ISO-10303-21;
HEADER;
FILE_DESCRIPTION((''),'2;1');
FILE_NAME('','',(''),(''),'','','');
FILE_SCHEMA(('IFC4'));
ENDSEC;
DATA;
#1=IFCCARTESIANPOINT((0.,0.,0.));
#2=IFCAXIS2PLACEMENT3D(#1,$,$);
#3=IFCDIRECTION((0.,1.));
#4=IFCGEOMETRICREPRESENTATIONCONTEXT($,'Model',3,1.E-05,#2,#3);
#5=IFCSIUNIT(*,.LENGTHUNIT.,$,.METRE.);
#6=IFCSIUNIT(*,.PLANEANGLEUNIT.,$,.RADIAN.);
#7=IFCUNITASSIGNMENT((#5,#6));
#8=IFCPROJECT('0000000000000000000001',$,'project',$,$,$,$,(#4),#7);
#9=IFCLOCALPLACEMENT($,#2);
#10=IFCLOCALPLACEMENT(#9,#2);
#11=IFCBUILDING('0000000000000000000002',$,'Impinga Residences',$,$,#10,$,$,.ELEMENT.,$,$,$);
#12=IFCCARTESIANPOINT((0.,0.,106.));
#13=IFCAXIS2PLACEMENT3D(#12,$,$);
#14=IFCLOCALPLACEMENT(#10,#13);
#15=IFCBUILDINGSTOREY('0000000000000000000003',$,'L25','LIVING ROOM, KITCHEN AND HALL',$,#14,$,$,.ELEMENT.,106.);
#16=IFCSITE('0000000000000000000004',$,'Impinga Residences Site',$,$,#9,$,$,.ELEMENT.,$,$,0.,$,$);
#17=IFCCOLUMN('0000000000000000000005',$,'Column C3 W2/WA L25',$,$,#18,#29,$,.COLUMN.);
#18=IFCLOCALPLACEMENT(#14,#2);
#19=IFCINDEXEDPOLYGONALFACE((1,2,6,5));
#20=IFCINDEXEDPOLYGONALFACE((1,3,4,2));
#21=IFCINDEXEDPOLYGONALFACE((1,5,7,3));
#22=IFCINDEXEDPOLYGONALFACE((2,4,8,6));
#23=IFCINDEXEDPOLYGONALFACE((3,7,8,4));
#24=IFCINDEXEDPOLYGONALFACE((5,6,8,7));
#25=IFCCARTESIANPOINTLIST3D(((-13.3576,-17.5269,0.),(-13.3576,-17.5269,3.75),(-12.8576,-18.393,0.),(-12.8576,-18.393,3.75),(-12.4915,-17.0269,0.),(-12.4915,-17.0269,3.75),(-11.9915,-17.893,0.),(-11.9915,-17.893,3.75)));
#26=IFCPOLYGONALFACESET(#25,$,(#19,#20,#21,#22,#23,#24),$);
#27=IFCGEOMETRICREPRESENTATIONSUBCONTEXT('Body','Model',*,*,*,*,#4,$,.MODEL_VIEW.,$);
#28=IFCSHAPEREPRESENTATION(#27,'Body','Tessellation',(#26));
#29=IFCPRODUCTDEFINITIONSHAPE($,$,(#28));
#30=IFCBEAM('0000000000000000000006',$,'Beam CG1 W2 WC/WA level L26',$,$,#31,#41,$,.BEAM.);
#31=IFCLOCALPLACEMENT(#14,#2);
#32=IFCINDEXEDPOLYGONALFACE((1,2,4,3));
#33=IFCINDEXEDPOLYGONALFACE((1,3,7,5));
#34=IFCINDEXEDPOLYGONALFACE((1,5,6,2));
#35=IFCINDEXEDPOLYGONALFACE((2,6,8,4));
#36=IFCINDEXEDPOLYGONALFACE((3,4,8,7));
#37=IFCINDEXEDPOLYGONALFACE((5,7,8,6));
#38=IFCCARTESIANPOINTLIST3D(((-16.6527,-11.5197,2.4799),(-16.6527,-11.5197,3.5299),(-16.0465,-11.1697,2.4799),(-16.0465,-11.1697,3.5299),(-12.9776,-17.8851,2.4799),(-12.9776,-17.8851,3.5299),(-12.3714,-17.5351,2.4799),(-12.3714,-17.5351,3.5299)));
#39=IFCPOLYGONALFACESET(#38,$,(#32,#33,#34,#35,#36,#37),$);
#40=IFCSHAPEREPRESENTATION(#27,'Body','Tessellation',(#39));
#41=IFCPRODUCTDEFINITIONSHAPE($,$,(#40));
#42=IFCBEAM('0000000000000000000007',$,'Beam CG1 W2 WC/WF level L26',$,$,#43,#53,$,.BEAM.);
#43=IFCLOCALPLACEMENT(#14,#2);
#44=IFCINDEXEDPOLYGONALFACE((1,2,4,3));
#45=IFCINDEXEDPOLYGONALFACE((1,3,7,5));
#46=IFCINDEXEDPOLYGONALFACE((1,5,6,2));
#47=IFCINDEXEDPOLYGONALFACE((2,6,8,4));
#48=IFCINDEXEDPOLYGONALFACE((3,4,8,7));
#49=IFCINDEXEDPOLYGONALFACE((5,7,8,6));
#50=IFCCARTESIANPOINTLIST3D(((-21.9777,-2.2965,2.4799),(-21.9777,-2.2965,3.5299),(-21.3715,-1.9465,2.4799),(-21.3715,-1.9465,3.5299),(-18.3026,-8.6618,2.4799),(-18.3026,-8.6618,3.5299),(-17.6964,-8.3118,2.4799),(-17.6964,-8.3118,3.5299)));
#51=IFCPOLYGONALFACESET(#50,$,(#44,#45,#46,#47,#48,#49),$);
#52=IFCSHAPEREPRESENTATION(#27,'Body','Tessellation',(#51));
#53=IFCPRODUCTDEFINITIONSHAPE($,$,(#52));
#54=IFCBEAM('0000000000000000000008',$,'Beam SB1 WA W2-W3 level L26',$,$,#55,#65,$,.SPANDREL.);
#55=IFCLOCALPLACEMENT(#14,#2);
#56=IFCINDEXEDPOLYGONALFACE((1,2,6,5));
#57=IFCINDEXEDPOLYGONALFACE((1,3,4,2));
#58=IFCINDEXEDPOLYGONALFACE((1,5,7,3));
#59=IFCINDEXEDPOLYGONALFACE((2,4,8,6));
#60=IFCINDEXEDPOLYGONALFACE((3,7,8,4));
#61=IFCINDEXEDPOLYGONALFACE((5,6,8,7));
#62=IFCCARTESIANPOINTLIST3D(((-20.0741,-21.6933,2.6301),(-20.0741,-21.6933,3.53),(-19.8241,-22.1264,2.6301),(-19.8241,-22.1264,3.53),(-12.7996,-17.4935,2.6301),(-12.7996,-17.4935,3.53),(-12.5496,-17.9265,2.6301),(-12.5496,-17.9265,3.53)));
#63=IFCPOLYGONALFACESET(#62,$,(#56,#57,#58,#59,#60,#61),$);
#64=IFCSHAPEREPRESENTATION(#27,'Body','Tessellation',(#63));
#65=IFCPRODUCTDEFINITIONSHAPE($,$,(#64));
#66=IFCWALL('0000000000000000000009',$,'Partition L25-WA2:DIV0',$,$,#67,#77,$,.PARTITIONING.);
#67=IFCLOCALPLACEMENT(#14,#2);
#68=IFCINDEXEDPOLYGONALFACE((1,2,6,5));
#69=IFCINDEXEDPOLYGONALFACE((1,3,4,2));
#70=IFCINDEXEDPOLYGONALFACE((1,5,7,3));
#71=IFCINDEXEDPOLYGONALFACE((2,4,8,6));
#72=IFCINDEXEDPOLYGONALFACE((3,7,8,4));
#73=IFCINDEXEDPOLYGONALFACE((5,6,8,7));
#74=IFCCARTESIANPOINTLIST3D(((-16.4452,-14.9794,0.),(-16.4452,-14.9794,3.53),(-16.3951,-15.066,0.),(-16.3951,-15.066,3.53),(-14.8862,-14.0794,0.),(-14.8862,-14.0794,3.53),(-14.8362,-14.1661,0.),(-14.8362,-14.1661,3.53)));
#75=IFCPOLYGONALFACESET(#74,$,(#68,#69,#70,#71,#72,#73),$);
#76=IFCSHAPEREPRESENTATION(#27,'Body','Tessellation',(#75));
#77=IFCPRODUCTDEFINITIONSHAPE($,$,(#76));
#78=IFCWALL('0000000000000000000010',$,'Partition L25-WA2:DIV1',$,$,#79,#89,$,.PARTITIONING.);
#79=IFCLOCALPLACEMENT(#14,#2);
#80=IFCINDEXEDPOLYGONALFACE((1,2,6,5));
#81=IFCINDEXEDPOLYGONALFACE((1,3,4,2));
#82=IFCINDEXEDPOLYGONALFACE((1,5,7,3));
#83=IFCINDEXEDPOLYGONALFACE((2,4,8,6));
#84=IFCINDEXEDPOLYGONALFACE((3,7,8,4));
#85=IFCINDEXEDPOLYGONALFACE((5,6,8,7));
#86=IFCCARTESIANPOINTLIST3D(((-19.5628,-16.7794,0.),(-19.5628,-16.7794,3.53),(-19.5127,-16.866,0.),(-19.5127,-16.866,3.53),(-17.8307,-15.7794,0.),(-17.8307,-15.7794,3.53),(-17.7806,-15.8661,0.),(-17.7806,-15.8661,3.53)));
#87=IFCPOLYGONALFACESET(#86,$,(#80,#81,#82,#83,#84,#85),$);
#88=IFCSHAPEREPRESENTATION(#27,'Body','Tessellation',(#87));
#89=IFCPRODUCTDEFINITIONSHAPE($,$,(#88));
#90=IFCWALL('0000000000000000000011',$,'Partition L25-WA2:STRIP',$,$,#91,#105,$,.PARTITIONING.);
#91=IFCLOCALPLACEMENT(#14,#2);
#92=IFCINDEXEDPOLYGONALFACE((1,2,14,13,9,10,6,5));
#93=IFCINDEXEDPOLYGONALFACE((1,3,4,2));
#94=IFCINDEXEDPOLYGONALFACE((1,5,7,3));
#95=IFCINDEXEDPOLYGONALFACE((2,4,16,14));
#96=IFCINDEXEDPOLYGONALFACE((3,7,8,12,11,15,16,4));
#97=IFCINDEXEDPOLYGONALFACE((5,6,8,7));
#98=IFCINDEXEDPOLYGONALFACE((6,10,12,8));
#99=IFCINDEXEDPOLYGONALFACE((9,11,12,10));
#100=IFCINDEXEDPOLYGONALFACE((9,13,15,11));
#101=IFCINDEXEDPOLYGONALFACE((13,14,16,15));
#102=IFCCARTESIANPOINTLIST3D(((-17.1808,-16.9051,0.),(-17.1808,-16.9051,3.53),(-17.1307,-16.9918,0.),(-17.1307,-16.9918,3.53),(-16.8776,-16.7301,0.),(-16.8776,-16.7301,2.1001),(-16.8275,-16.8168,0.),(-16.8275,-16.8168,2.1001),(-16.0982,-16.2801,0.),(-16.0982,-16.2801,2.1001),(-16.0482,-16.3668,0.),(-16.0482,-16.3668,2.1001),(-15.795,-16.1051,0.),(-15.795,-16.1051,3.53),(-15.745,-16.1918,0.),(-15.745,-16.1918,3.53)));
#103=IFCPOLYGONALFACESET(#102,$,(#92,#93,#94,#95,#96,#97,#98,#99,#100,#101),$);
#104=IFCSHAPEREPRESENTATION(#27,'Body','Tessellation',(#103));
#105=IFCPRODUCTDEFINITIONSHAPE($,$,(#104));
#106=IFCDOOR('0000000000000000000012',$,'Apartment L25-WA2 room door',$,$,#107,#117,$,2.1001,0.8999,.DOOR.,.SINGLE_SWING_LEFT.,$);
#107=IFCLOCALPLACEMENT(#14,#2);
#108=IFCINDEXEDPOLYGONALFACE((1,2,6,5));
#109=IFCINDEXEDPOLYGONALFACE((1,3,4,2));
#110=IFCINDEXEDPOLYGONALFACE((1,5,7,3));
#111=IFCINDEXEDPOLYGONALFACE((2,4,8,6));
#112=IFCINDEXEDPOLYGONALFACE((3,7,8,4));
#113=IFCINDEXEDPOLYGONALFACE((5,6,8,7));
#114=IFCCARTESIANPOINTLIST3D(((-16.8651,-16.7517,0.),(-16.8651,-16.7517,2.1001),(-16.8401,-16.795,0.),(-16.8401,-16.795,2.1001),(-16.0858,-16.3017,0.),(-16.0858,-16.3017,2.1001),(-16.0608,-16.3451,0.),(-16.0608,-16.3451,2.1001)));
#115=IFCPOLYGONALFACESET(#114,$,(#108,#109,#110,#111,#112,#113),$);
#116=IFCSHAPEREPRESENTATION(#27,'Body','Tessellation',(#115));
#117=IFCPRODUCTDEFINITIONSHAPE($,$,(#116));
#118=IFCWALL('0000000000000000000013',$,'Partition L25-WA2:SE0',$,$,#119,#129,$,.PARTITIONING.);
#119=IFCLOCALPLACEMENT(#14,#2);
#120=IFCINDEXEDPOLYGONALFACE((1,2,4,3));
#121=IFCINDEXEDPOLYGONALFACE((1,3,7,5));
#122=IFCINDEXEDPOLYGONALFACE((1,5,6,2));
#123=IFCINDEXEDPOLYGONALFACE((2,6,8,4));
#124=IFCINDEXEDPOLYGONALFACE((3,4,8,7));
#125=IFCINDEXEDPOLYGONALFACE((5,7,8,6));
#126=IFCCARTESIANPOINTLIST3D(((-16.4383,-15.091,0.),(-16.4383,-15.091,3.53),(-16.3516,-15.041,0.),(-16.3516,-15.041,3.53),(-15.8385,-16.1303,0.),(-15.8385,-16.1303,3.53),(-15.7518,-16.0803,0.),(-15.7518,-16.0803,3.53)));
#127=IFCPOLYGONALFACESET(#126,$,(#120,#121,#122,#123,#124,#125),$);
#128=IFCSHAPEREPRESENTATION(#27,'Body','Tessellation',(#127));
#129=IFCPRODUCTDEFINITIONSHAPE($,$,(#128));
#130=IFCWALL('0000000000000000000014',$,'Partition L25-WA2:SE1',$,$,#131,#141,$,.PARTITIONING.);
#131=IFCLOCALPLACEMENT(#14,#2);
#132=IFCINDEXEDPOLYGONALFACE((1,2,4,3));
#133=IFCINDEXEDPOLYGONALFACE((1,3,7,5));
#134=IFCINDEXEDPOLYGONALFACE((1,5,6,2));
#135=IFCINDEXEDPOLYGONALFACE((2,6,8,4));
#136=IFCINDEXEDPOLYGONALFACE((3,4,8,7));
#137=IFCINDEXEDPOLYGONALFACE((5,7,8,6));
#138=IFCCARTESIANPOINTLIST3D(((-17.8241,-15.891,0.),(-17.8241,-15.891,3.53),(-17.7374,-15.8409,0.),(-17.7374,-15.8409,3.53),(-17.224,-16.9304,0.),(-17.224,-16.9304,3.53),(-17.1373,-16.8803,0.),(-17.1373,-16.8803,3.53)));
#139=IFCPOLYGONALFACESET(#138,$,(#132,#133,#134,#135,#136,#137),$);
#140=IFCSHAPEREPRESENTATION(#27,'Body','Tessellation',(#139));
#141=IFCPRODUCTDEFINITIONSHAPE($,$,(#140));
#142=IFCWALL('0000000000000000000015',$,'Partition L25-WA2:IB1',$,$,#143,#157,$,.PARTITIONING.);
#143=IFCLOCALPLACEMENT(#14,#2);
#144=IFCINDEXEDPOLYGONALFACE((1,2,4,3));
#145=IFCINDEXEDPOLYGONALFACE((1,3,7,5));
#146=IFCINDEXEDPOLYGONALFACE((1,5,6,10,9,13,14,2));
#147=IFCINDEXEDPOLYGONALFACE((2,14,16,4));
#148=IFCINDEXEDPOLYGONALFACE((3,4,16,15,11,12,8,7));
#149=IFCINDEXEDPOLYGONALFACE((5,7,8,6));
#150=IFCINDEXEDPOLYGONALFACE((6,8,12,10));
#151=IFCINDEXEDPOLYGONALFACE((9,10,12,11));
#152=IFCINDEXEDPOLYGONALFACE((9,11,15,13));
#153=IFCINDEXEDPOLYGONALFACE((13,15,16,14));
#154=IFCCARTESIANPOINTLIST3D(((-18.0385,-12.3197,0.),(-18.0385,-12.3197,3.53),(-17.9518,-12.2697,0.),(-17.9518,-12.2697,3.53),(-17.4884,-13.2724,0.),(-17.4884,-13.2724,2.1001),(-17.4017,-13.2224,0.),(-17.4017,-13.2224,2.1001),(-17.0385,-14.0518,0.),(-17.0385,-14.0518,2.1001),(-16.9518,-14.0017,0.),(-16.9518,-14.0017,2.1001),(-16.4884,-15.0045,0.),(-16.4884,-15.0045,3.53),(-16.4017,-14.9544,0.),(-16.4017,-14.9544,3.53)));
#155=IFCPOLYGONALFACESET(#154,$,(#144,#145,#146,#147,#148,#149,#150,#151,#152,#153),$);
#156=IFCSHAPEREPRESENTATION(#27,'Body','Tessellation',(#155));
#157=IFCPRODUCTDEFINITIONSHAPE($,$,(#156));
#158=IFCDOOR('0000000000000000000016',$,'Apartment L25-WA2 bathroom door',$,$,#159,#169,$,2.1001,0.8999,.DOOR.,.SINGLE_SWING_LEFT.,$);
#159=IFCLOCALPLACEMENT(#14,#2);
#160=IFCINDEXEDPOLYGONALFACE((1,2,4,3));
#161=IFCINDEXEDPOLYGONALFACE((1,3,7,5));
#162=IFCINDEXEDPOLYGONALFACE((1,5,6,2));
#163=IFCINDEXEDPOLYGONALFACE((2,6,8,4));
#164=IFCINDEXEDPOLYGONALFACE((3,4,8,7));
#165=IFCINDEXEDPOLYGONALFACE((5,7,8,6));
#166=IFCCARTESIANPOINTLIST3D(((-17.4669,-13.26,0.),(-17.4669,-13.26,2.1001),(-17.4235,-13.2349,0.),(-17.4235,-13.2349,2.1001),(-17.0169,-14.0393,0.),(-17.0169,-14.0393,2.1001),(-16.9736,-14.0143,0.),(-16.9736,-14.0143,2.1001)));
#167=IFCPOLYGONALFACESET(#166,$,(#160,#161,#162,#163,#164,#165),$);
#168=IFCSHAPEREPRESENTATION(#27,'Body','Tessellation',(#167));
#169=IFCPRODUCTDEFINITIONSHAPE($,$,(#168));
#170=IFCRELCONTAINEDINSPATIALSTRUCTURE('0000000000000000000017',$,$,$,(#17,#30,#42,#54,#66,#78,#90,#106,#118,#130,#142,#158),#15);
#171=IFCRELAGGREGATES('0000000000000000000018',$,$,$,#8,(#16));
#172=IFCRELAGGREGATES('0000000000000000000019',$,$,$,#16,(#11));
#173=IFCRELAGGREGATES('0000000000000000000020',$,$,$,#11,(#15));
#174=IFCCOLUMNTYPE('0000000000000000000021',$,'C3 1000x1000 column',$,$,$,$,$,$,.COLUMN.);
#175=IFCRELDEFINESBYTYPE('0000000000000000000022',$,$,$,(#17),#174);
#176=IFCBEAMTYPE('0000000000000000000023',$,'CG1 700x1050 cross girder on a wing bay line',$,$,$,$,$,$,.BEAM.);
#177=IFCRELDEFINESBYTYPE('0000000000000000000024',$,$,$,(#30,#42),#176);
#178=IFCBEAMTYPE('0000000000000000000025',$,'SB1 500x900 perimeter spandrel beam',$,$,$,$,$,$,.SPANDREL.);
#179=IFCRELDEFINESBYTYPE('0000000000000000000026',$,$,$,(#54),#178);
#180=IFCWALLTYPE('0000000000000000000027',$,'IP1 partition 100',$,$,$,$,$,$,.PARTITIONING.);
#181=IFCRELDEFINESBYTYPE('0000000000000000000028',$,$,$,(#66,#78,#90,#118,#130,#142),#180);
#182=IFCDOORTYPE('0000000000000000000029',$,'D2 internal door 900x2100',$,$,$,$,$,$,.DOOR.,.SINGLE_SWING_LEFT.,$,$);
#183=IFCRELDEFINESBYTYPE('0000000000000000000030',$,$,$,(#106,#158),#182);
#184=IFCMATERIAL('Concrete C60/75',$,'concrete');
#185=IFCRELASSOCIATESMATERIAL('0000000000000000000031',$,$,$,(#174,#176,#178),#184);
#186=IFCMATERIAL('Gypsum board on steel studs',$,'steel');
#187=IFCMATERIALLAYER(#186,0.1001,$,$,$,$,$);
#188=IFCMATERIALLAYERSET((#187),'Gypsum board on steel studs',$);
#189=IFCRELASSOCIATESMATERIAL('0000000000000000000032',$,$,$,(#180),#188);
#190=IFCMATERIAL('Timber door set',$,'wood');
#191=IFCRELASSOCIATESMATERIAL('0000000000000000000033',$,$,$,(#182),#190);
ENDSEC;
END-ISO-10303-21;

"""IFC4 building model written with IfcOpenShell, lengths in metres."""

from ifc_helpers import new_model, si_unit, direction, frame, frame_2d, origin, origin_2d, place, context, subcontext, project, spatial, rectangle, extrude, material, layer, layer_set, material_profile, profile_set, type_object, element, fill, save


model = new_model("IFC4")

# Units and contexts
model_context = context("Model", 3, precision=1e-05, world=origin(), true_north=direction((0.0, 1.0)))
body_context = subcontext(model_context, "Body", "Model", "MODEL_VIEW")
ifc_project = project(units=[si_unit("LENGTHUNIT", "METRE"), si_unit("PLANEANGLEUNIT", "RADIAN")], contexts=[model_context])

# Site, building, storey
site_placement = place(None, origin())
site = spatial("IfcSite", under=ifc_project, at=site_placement, Name="Impinga Residences Site", CompositionType="ELEMENT", RefElevation=0.0)
building_placement = place(site_placement, origin())
building = spatial("IfcBuilding", under=site, at=building_placement, Name="Impinga Residences", CompositionType="ELEMENT")
storey_placement = place(building_placement, frame((0.0, 0.0, 106.0)))
storey = spatial("IfcBuildingStorey", under=building, at=storey_placement, Name="L25", Description="LIVING ROOM, KITCHEN AND HALL", CompositionType="ELEMENT", Elevation=106.0)

# Column
ifc_material_1 = material(Name="Concrete C60/75", Category="concrete")
ifc_material_profile_1 = material_profile(ifc_material_1, rectangle(XDim=1.0, YDim=1.0, at=origin_2d()), Name="RC 1000x1000")
ifc_profile_set_1 = profile_set([ifc_material_profile_1], Name="Concrete C60/75")
column_type = type_object("IfcColumnType", Name="C3 1000x1000 column", PredefinedType="COLUMN", material=ifc_profile_set_1)
column_placement = place(storey_placement, frame((-12.6746, -17.71, 0.0), z_axis=(0.0, 0.0, 1.0), x_axis=(-0.5, 0.866025, 0.0)))
element("IfcColumn", 1, at=column_placement, inside=storey, type_object=column_type, Name="Column C3 W2/WA L25", PredefinedType="COLUMN", context=body_context, shape_type="SweptSolid", body=[
    extrude(rectangle(XDim=1.0, YDim=1.0, at=origin_2d()), origin(), (0.0, 0.0, 1.0), 3.75),
])

# Beams
ifc_material_profile_2 = material_profile(ifc_material_1, rectangle(XDim=0.7, YDim=1.05, at=origin_2d()), Name="RC 700x1050")
ifc_profile_set_2 = profile_set([ifc_material_profile_2], Name="Concrete C60/75")
beam_type_1 = type_object("IfcBeamType", Name="CG1 700x1050 cross girder on a wing bay line", PredefinedType="BEAM", material=ifc_profile_set_2)
for number, where, z_axis, x_axis, name in (
    (2, (-16.3496, -11.3447, 3.0049), (0.500008, -0.866021, 0.0), (0.866021, 0.500008, 0.0), "Beam CG1 W2 WC/WA level L26"),
    (3, (-17.9995, -8.4868, 3.0049), (-0.500008, 0.866021, 0.0), (-0.866021, -0.500008, 0.0), "Beam CG1 W2 WC/WF level L26"),
):
    element("IfcBeam", number, at=place(storey_placement, frame(where, z_axis=z_axis, x_axis=x_axis)), inside=storey, type_object=beam_type_1, Name=name, PredefinedType="BEAM", context=body_context, shape_type="SweptSolid", body=[
        extrude(rectangle(XDim=0.7, YDim=1.05, at=origin_2d()), origin(), (0.0, 0.0, 1.0), 7.3501),
    ])
ifc_material_profile_3 = material_profile(ifc_material_1, rectangle(XDim=0.5, YDim=0.8999, at=origin_2d()), Name="RC 500x900")
ifc_profile_set_3 = profile_set([ifc_material_profile_3], Name="Concrete C60/75")
beam_type_2 = type_object("IfcBeamType", Name="SB1 500x900 perimeter spandrel beam", PredefinedType="SPANDREL", material=ifc_profile_set_3)
beam_placement = place(storey_placement, frame((-12.6746, -17.71, 3.0801), z_axis=(-0.866029, -0.499993, 0.0), x_axis=(0.499993, -0.866029, 0.0)))
element("IfcBeam", 4, at=beam_placement, inside=storey, type_object=beam_type_2, Name="Beam SB1 WA W2-W3 level L26", PredefinedType="SPANDREL", context=body_context, shape_type="SweptSolid", body=[
    extrude(rectangle(XDim=0.5, YDim=0.8999, at=origin_2d()), origin(), (0.0, 0.0, 1.0), 8.3999),
])

# Walls
ifc_material_2 = material(Name="Gypsum board on steel studs", Category="steel")
ifc_layer_1 = layer(ifc_material_2, 0.1001)
ifc_layer_set_1 = layer_set([ifc_layer_1], Name="Gypsum board on steel studs")
wall_type_1 = type_object("IfcWallType", Name="IP1 partition 100", PredefinedType="PARTITIONING", material=ifc_layer_set_1)
wall_1_placement = place(storey_placement, frame((-14.8613, -14.1228, 0.0), z_axis=(0.0, 0.0, 1.0), x_axis=(-0.866048, -0.499961, 0.0)))
element("IfcWall", 5, at=wall_1_placement, inside=storey, type_object=wall_type_1, Name="Partition L25-WA2:DIV0", PredefinedType="PARTITIONING", context=body_context, shape_type="SweptSolid", body=[
    extrude(rectangle(XDim=1.8, YDim=0.1001, at=frame_2d((0.8999, 0.0))), origin(), (0.0, 0.0, 1.0), 3.53),
])
wall_2_placement = place(storey_placement, frame((-17.8057, -15.8228, 0.0), z_axis=(0.0, 0.0, 1.0), x_axis=(-0.866041, -0.499973, 0.0)))
element("IfcWall", 6, at=wall_2_placement, inside=storey, type_object=wall_type_1, Name="Partition L25-WA2:DIV1", PredefinedType="PARTITIONING", context=body_context, shape_type="SweptSolid", body=[
    extrude(rectangle(XDim=2.0, YDim=0.1001, at=frame_2d((1.0, 0.0))), origin(), (0.0, 0.0, 1.0), 3.53),
])

# Wall, opening, door
wall_3_placement = place(storey_placement, frame((-15.77, -16.1484, 0.0), z_axis=(0.0, 0.0, 1.0), x_axis=(-0.866028, -0.499995, 0.0)))
wall_3 = element("IfcWall", 7, at=wall_3_placement, inside=storey, type_object=wall_type_1, Name="Partition L25-WA2:STRIP", PredefinedType="PARTITIONING", context=body_context, shape_type="SweptSolid", body=[
    extrude(rectangle(XDim=1.6001, YDim=0.1001, at=frame_2d((0.8, 0.0))), origin(), (0.0, 0.0, 1.0), 3.53),
])
opening_1_placement = place(wall_3_placement, frame((0.3501, 0.0, 0.0)))
opening_1 = element("IfcOpeningElement", 8, at=opening_1_placement, cuts=wall_3, PredefinedType="OPENING", context=body_context, shape_type="SweptSolid", body=[
    extrude(rectangle(XDim=0.8999, YDim=2.1001, at=frame_2d((0.45, 1.05))), frame((0.0, 0.0601, 0.0), z_axis=(0.0, -1.0, 0.0), x_axis=(1.0, 0.0, 0.0)), (0.0, 0.0, 1.0), 0.1201),
])
ifc_material_3 = material(Name="Timber door set", Category="wood")
door_type = type_object("IfcDoorType", Name="D2 internal door 900x2100", OperationType="SINGLE_SWING_LEFT", PredefinedType="DOOR", material=ifc_material_3)
door_1_placement = place(opening_1_placement, origin())
door_1 = element("IfcDoor", 9, at=door_1_placement, inside=storey, type_object=door_type, Name="Apartment L25-WA2 room door", OperationType="SINGLE_SWING_LEFT", OverallHeight=2.1001, OverallWidth=0.8999, PredefinedType="DOOR", context=body_context, shape_type="SweptSolid", body=[
    extrude(rectangle(XDim=0.8999, YDim=2.1001, at=frame_2d((0.45, 1.05))), frame((0.0, 0.0249, 0.0), z_axis=(0.0, -1.0, 0.0), x_axis=(1.0, 0.0, 0.0)), (0.0, 0.0, 1.0), 0.05),
])
fill(opening_1, door_1)

# Walls
wall_4_placement = place(storey_placement, frame((-16.395, -15.0659, 0.0), z_axis=(0.0, 0.0, 1.0), x_axis=(0.499881, -0.866094, 0.0)))
element("IfcWall", 10, at=wall_4_placement, inside=storey, type_object=wall_type_1, Name="Partition L25-WA2:SE0", PredefinedType="PARTITIONING", context=body_context, shape_type="SweptSolid", body=[
    extrude(rectangle(XDim=1.2, YDim=0.1001, at=frame_2d((0.6001, 0.0))), origin(), (0.0, 0.0, 1.0), 3.53),
])
wall_5_placement = place(storey_placement, frame((-17.7808, -15.866, 0.0), z_axis=(0.0, 0.0, 1.0), x_axis=(0.500034, -0.866006, 0.0)))
element("IfcWall", 11, at=wall_5_placement, inside=storey, type_object=wall_type_1, Name="Partition L25-WA2:SE1", PredefinedType="PARTITIONING", context=body_context, shape_type="SweptSolid", body=[
    extrude(rectangle(XDim=1.2002, YDim=0.1001, at=frame_2d((0.6001, 0.0))), origin(), (0.0, 0.0, 1.0), 3.53),
])

# Wall, opening, door
wall_6_placement = place(storey_placement, frame((-17.9951, -12.2947, 0.0), z_axis=(0.0, 0.0, 1.0), x_axis=(0.499993, -0.86603, 0.0)))
wall_6 = element("IfcWall", 12, at=wall_6_placement, inside=storey, type_object=wall_type_1, Name="Partition L25-WA2:IB1", PredefinedType="PARTITIONING", context=body_context, shape_type="SweptSolid", body=[
    extrude(rectangle(XDim=3.1001, YDim=0.1001, at=frame_2d((1.55, 0.0))), origin(), (0.0, 0.0, 1.0), 3.53),
])
opening_2_placement = place(wall_6_placement, frame((1.1001, 0.0, 0.0)))
opening_2 = element("IfcOpeningElement", 13, at=opening_2_placement, cuts=wall_6, PredefinedType="OPENING", context=body_context, shape_type="SweptSolid", body=[
    extrude(rectangle(XDim=0.8999, YDim=2.1001, at=frame_2d((0.45, 1.05))), frame((0.0, 0.0601, 0.0), z_axis=(0.0, -1.0, 0.0), x_axis=(1.0, 0.0, 0.0)), (0.0, 0.0, 1.0), 0.1201),
])
door_2_placement = place(opening_2_placement, origin())
door_2 = element("IfcDoor", 14, at=door_2_placement, inside=storey, type_object=door_type, Name="Apartment L25-WA2 bathroom door", OperationType="SINGLE_SWING_LEFT", OverallHeight=2.1001, OverallWidth=0.8999, PredefinedType="DOOR", context=body_context, shape_type="SweptSolid", body=[
    extrude(rectangle(XDim=0.8999, YDim=2.1001, at=frame_2d((0.45, 1.05))), frame((0.0, 0.0249, 0.0), z_axis=(0.0, -1.0, 0.0), x_axis=(1.0, 0.0, 0.0)), (0.0, 0.0, 1.0), 0.05),
])
fill(opening_2, door_2)

save(model, "model.ifc")
